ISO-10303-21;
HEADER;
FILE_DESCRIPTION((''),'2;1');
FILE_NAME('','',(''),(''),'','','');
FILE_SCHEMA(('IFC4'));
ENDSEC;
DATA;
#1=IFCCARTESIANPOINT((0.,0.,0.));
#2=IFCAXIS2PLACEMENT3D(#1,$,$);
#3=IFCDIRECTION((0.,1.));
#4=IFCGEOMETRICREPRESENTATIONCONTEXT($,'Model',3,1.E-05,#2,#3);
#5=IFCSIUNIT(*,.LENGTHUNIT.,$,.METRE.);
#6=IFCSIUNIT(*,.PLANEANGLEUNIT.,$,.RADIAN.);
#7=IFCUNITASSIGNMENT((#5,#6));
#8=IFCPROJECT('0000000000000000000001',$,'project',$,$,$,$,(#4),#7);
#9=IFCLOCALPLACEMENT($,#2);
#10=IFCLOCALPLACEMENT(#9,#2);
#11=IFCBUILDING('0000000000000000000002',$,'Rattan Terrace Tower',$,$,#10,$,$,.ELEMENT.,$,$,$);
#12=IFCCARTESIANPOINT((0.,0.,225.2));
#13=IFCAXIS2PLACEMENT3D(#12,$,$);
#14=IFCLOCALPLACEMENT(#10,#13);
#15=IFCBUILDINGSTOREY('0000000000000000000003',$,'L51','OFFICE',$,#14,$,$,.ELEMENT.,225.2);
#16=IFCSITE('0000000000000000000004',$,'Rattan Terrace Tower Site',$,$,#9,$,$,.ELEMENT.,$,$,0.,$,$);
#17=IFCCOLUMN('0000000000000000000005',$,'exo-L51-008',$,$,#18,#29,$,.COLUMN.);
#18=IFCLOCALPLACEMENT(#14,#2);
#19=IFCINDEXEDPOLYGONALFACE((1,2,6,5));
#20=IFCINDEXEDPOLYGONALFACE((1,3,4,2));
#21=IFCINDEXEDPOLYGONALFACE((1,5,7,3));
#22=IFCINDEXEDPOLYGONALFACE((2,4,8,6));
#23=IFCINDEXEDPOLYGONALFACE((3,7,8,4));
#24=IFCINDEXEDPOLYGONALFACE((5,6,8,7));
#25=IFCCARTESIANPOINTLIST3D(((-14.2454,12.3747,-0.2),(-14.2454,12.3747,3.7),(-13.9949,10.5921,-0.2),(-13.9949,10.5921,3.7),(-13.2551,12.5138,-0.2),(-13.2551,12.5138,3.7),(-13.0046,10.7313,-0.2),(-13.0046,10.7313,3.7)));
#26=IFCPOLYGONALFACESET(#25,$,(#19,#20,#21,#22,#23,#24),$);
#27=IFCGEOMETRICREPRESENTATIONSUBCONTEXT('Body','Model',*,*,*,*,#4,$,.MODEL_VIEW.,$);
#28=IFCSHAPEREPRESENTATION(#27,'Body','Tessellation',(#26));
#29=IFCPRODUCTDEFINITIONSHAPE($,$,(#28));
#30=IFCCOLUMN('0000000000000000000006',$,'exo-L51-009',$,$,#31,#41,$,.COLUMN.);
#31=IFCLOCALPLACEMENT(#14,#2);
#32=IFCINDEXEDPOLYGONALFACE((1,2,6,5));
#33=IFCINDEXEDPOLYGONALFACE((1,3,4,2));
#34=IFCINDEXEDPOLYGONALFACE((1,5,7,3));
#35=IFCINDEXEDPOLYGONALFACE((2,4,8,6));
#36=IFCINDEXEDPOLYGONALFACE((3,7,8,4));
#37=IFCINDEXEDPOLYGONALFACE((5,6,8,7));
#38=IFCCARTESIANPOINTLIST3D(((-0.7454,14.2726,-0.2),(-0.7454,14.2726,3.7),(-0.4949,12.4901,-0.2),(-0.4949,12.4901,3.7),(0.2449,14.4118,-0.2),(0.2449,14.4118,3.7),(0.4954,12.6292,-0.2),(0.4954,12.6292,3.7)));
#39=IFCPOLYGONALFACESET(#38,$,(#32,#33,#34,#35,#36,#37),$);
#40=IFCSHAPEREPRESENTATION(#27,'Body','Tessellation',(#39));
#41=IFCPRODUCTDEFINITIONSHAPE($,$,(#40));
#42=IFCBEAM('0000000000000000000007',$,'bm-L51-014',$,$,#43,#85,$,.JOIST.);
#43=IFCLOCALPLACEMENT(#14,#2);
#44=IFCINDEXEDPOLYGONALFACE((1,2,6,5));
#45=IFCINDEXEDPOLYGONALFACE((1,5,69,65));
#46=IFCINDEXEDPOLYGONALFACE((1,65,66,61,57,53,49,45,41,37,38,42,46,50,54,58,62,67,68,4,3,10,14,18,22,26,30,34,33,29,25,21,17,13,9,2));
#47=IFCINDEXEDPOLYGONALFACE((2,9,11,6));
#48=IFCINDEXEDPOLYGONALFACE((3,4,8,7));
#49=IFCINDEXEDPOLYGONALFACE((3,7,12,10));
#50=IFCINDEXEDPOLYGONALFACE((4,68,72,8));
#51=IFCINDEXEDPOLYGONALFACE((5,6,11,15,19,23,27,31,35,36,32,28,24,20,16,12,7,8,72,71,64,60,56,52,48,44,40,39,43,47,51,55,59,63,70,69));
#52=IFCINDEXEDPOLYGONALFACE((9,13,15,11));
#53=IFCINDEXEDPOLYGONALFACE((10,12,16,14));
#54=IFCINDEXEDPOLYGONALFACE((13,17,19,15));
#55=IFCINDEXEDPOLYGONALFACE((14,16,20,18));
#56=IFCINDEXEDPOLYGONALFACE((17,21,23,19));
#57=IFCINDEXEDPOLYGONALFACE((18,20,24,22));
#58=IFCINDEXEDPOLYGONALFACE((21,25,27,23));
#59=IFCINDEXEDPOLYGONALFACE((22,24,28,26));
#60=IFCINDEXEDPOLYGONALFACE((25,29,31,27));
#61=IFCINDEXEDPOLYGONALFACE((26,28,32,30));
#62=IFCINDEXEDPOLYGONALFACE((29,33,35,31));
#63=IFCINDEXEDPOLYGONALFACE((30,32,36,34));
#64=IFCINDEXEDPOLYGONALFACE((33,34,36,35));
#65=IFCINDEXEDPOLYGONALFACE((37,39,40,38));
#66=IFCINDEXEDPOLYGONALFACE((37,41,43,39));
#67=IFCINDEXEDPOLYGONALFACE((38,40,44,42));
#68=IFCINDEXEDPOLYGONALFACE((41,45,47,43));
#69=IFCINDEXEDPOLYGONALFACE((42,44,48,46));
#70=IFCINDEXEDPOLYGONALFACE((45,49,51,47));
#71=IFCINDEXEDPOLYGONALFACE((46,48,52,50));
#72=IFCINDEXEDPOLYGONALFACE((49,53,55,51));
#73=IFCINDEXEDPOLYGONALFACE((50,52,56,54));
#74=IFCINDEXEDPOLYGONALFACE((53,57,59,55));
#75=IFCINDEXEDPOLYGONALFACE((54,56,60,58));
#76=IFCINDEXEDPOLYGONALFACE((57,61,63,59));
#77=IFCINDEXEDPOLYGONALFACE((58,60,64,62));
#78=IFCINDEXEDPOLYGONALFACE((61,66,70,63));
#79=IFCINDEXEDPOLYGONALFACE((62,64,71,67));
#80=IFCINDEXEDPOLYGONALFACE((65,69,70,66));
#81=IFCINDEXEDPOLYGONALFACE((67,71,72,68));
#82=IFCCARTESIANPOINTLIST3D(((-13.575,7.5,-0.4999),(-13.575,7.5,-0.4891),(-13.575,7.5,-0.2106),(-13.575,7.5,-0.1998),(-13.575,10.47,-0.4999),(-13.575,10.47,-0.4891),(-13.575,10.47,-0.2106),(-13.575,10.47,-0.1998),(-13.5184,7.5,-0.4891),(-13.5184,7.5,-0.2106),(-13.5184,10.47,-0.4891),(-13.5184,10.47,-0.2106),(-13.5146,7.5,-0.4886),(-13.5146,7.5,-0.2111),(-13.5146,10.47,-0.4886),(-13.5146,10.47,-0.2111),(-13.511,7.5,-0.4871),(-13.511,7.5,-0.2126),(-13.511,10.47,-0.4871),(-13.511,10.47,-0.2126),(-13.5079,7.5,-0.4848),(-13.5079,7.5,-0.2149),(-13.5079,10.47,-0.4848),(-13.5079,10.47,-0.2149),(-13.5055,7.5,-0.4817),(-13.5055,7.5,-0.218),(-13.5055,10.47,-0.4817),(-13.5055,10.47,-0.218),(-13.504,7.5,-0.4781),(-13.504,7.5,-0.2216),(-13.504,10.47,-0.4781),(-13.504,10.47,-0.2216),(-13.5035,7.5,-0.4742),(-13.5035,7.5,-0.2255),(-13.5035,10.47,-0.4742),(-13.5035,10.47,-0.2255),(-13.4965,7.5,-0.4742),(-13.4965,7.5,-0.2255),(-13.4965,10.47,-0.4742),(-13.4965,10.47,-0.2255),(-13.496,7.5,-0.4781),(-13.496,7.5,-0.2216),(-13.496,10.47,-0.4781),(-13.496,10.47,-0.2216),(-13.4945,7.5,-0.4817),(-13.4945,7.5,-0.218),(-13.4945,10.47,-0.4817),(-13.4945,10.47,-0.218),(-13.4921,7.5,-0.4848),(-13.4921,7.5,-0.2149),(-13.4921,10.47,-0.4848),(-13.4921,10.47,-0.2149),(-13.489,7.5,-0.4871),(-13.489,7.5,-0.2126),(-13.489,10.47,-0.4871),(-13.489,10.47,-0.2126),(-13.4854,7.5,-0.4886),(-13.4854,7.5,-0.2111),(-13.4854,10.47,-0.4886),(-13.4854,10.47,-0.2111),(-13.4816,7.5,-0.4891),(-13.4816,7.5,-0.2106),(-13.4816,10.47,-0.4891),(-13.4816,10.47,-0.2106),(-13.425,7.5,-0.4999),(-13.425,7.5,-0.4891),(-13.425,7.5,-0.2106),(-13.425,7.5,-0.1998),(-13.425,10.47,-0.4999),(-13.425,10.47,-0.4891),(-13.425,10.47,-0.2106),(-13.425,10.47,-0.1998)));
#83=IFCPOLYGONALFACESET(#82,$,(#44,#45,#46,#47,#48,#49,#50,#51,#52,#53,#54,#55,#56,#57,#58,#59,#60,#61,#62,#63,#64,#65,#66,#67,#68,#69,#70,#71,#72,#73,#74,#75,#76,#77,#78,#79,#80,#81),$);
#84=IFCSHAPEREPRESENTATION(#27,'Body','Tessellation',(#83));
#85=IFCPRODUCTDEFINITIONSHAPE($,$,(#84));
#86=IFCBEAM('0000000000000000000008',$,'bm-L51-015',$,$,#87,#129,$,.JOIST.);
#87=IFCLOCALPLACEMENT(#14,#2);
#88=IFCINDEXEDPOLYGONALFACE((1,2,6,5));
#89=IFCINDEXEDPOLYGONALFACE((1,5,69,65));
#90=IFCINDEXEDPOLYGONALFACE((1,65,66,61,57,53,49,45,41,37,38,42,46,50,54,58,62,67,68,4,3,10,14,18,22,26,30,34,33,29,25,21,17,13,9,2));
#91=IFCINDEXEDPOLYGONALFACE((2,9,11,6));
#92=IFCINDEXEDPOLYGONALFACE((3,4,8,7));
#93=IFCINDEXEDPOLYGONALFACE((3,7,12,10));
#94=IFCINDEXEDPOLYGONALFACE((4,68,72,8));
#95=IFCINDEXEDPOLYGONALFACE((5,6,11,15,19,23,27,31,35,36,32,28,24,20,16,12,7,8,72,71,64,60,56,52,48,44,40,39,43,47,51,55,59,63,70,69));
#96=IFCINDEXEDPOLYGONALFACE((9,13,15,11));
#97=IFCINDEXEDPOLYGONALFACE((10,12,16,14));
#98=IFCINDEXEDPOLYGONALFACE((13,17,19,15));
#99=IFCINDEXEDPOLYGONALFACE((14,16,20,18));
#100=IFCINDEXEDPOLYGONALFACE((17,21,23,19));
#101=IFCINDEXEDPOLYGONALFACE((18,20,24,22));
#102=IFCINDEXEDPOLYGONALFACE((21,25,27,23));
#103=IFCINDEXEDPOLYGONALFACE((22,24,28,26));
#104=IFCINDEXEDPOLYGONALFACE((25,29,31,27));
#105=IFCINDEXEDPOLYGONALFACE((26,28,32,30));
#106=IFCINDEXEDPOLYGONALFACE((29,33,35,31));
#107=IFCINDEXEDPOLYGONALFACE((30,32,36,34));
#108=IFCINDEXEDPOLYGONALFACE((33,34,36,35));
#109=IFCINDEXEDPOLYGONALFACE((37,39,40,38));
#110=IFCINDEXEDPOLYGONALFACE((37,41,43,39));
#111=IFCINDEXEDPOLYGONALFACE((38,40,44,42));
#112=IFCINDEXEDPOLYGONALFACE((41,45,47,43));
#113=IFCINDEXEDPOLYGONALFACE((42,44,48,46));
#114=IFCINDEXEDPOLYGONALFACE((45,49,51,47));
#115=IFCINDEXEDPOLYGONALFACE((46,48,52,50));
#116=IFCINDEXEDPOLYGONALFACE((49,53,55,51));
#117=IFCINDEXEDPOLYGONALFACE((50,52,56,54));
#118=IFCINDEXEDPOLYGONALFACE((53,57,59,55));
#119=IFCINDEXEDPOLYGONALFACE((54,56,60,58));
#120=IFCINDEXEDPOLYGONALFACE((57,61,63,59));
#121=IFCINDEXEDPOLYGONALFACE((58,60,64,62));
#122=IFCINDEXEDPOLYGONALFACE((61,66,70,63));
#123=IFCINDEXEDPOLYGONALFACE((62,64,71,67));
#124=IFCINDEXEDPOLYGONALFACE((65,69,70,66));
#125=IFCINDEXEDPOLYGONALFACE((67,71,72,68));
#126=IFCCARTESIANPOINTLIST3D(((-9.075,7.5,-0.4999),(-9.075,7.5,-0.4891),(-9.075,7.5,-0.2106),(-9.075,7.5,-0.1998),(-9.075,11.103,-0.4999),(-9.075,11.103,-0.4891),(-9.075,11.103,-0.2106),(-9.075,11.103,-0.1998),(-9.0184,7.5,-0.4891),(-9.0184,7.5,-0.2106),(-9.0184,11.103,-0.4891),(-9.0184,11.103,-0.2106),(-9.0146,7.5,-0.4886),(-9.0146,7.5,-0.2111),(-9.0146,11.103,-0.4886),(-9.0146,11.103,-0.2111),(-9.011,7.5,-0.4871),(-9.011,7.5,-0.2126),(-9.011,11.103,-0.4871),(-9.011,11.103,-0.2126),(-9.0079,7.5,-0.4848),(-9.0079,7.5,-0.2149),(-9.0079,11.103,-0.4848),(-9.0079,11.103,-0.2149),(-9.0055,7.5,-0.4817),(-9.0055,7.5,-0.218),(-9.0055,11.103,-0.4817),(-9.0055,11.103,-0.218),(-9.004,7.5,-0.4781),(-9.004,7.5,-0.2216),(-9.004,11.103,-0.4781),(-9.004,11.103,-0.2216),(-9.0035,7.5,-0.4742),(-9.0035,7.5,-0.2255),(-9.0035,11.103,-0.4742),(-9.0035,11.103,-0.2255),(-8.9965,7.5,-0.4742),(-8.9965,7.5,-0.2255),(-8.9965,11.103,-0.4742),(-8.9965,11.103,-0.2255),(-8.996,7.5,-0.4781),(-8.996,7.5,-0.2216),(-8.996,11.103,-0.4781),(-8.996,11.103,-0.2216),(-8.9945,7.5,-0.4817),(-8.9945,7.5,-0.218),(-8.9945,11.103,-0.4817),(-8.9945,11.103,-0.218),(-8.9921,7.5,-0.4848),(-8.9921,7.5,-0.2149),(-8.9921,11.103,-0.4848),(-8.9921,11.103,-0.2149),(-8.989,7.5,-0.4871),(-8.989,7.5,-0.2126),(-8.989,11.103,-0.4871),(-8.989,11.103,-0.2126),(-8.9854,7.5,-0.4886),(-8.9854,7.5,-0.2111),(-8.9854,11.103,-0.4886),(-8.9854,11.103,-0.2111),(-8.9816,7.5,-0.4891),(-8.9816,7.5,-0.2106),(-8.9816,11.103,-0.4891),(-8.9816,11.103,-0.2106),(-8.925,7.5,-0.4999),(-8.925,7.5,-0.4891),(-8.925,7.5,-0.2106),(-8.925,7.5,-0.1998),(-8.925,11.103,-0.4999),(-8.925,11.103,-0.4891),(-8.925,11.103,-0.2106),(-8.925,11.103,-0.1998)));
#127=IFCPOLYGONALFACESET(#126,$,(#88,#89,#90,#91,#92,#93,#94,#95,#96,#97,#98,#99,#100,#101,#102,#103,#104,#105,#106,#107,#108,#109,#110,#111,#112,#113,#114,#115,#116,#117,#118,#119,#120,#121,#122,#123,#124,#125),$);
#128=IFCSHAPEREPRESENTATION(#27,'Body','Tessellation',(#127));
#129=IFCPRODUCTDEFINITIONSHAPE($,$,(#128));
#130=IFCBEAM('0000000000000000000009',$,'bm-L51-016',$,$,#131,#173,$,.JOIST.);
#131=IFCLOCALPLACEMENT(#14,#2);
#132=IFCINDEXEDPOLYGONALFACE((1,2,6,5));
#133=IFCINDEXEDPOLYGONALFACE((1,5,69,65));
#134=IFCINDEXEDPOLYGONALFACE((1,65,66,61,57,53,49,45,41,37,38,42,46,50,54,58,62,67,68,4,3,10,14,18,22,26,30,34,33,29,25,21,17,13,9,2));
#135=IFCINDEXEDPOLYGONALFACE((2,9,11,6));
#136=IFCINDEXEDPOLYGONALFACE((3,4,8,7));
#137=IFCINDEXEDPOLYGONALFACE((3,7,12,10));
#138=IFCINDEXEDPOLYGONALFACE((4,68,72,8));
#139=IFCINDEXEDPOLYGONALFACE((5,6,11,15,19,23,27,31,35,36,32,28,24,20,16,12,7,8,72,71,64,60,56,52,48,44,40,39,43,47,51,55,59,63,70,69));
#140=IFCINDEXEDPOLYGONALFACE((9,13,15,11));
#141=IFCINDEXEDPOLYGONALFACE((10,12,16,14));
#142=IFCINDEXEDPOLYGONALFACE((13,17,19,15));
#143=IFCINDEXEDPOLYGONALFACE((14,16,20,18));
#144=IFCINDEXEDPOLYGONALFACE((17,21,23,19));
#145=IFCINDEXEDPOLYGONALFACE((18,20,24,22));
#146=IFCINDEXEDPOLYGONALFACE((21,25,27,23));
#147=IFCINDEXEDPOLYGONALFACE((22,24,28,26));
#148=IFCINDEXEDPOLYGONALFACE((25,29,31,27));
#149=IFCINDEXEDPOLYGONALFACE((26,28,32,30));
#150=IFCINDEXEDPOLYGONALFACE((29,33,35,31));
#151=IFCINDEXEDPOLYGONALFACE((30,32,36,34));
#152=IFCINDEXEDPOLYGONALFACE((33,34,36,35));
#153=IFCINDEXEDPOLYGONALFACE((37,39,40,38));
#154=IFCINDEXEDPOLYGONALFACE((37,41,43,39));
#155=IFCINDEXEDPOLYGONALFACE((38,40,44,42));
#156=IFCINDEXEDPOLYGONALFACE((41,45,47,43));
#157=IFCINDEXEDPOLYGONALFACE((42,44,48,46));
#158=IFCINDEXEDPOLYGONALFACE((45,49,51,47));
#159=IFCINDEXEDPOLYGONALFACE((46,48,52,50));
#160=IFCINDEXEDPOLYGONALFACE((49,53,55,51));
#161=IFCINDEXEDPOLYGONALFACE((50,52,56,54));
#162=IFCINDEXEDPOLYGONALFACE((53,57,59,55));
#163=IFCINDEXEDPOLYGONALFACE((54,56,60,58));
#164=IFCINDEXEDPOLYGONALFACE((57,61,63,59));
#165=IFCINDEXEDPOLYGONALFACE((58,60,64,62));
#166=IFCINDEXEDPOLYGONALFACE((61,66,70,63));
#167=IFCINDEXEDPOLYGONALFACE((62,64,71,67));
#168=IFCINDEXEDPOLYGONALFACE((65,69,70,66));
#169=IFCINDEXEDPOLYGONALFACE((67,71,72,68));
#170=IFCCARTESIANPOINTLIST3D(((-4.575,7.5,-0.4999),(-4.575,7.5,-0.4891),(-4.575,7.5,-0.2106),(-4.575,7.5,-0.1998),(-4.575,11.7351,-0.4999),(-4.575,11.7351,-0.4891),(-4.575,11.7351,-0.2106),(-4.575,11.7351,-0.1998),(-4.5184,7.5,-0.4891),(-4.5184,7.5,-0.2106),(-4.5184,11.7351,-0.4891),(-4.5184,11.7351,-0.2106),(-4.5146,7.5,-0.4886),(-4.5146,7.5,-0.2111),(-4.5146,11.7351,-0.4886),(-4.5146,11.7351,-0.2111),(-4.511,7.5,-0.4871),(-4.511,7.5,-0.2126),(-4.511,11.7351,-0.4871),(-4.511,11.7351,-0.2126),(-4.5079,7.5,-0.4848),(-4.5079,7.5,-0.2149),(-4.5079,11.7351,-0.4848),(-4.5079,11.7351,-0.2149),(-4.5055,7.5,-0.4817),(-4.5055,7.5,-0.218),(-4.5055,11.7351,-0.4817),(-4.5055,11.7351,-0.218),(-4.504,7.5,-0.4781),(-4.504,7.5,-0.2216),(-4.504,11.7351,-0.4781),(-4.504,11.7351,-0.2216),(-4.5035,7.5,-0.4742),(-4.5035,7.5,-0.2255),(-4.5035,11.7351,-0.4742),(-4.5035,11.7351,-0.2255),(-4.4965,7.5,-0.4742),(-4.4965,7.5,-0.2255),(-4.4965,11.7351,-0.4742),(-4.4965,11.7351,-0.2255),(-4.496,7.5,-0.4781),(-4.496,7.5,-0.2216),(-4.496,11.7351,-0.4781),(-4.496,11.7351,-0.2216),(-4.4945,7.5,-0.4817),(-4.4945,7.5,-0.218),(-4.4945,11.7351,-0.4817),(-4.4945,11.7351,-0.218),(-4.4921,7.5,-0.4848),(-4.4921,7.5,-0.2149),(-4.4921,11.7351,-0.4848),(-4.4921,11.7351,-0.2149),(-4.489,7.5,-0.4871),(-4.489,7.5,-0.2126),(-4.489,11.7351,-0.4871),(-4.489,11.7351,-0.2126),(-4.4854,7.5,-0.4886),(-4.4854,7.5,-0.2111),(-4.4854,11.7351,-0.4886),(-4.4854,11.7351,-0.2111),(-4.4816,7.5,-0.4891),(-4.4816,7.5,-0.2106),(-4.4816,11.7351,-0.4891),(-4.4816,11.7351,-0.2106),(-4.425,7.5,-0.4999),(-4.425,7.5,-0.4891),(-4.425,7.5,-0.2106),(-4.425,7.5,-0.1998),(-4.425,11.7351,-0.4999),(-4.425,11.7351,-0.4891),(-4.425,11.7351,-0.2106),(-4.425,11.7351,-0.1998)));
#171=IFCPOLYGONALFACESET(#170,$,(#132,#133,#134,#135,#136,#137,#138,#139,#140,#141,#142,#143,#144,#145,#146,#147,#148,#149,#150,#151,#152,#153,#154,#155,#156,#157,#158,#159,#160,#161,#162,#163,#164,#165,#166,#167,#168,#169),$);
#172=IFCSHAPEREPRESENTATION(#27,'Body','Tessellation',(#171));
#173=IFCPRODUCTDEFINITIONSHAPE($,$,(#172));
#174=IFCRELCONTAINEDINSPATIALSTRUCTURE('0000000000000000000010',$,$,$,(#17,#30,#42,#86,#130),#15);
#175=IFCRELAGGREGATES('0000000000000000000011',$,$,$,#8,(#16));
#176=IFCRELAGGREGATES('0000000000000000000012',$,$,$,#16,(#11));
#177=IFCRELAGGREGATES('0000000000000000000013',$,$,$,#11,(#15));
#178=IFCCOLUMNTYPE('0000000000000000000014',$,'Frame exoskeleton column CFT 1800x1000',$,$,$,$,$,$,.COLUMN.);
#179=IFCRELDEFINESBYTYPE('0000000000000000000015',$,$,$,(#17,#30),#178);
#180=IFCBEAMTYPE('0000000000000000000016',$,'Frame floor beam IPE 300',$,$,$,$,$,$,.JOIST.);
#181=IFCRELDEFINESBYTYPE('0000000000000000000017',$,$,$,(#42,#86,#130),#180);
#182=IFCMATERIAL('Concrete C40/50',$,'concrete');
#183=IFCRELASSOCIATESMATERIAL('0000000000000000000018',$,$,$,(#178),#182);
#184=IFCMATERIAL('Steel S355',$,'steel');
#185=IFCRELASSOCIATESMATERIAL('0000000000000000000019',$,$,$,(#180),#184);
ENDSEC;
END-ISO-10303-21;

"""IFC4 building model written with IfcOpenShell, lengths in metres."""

from ifc_helpers import new_model, si_unit, direction, frame, origin, origin_2d, place, context, subcontext, project, spatial, rectangle, i_section, extrude, material, material_profile, profile_set, type_object, element, save


model = new_model("IFC4")

# Units and contexts
model_context = context("Model", 3, precision=1e-05, world=origin(), true_north=direction((0.0, 1.0)))
body_context = subcontext(model_context, "Body", "Model", "MODEL_VIEW")
ifc_project = project(units=[si_unit("LENGTHUNIT", "METRE"), si_unit("PLANEANGLEUNIT", "RADIAN")], contexts=[model_context])

# Site, building, storey
site_placement = place(None, origin())
site = spatial("IfcSite", under=ifc_project, at=site_placement, Name="Rattan Terrace Tower Site", CompositionType="ELEMENT", RefElevation=0.0)
building_placement = place(site_placement, origin())
building = spatial("IfcBuilding", under=site, at=building_placement, Name="Rattan Terrace Tower", CompositionType="ELEMENT")
storey_placement = place(building_placement, frame((0.0, 0.0, 225.2)))
storey = spatial("IfcBuildingStorey", under=building, at=storey_placement, Name="L51", Description="OFFICE", CompositionType="ELEMENT", Elevation=225.2)

# Columns
ifc_material_1 = material(Name="Concrete C40/50", Category="concrete")
ifc_material_profile_1 = material_profile(ifc_material_1, rectangle(XDim=1.0, YDim=1.8, at=origin_2d()), Name="CFT 1800x1000")
ifc_profile_set_1 = profile_set([ifc_material_profile_1], Name="Concrete C40/50")
column_type = type_object("IfcColumnType", Name="Frame exoskeleton column CFT 1800x1000", PredefinedType="COLUMN", material=ifc_profile_set_1)
for number, where, z_axis, x_axis, name in (
    (1, (-13.625, 11.553, -0.2), (0.0, 0.0, 1.0), (0.990268, 0.139173, 0.0), "exo-L51-008"),
    (2, (-0.125, 13.4509, -0.2), (0.0, 0.0, 1.0), (0.990268, 0.139173, 0.0), "exo-L51-009"),
):
    element("IfcColumn", number, at=place(storey_placement, frame(where, z_axis=z_axis, x_axis=x_axis)), inside=storey, type_object=column_type, Name=name, PredefinedType="COLUMN", context=body_context, shape_type="SweptSolid", body=[
        extrude(rectangle(XDim=1.0, YDim=1.8, at=origin_2d()), origin(), (0.0, 0.0, 1.0), 3.8999),
    ])

# Beams
ifc_material_2 = material(Name="Steel S355", Category="steel")
ifc_material_profile_2 = material_profile(ifc_material_2, i_section(OverallWidth=0.1499, OverallDepth=0.3, WebThickness=0.0071, FlangeThickness=0.0107, FilletRadius=0.0149, at=origin_2d()), Name="IPE 300")
ifc_profile_set_2 = profile_set([ifc_material_profile_2], Name="Steel S355")
beam_type = type_object("IfcBeamType", Name="Frame floor beam IPE 300", PredefinedType="JOIST", material=ifc_profile_set_2)
beam_1_placement = place(storey_placement, frame((-13.5, 7.5, -0.3499), z_axis=(0.0, 1.0, 0.0), x_axis=(-1.0, 0.0, 0.0)))
element("IfcBeam", 3, at=beam_1_placement, inside=storey, type_object=beam_type, Name="bm-L51-014", PredefinedType="JOIST", context=body_context, shape_type="SweptSolid", body=[
    extrude(i_section(OverallWidth=0.1499, OverallDepth=0.3, WebThickness=0.0071, FlangeThickness=0.0107, FilletRadius=0.0149, at=origin_2d()), origin(), (0.0, 0.0, 1.0), 2.97),
])
beam_2_placement = place(storey_placement, frame((-9.0, 7.5, -0.3499), z_axis=(0.0, 1.0, 0.0), x_axis=(-1.0, 0.0, 0.0)))
element("IfcBeam", 4, at=beam_2_placement, inside=storey, type_object=beam_type, Name="bm-L51-015", PredefinedType="JOIST", context=body_context, shape_type="SweptSolid", body=[
    extrude(i_section(OverallWidth=0.1499, OverallDepth=0.3, WebThickness=0.0071, FlangeThickness=0.0107, FilletRadius=0.0149, at=origin_2d()), origin(), (0.0, 0.0, 1.0), 3.603),
])
beam_3_placement = place(storey_placement, frame((-4.5, 7.5, -0.3499), z_axis=(0.0, 1.0, 0.0), x_axis=(-1.0, 0.0, 0.0)))
element("IfcBeam", 5, at=beam_3_placement, inside=storey, type_object=beam_type, Name="bm-L51-016", PredefinedType="JOIST", context=body_context, shape_type="SweptSolid", body=[
    extrude(i_section(OverallWidth=0.1499, OverallDepth=0.3, WebThickness=0.0071, FlangeThickness=0.0107, FilletRadius=0.0149, at=origin_2d()), origin(), (0.0, 0.0, 1.0), 4.2351),
])

save(model, "model.ifc")
